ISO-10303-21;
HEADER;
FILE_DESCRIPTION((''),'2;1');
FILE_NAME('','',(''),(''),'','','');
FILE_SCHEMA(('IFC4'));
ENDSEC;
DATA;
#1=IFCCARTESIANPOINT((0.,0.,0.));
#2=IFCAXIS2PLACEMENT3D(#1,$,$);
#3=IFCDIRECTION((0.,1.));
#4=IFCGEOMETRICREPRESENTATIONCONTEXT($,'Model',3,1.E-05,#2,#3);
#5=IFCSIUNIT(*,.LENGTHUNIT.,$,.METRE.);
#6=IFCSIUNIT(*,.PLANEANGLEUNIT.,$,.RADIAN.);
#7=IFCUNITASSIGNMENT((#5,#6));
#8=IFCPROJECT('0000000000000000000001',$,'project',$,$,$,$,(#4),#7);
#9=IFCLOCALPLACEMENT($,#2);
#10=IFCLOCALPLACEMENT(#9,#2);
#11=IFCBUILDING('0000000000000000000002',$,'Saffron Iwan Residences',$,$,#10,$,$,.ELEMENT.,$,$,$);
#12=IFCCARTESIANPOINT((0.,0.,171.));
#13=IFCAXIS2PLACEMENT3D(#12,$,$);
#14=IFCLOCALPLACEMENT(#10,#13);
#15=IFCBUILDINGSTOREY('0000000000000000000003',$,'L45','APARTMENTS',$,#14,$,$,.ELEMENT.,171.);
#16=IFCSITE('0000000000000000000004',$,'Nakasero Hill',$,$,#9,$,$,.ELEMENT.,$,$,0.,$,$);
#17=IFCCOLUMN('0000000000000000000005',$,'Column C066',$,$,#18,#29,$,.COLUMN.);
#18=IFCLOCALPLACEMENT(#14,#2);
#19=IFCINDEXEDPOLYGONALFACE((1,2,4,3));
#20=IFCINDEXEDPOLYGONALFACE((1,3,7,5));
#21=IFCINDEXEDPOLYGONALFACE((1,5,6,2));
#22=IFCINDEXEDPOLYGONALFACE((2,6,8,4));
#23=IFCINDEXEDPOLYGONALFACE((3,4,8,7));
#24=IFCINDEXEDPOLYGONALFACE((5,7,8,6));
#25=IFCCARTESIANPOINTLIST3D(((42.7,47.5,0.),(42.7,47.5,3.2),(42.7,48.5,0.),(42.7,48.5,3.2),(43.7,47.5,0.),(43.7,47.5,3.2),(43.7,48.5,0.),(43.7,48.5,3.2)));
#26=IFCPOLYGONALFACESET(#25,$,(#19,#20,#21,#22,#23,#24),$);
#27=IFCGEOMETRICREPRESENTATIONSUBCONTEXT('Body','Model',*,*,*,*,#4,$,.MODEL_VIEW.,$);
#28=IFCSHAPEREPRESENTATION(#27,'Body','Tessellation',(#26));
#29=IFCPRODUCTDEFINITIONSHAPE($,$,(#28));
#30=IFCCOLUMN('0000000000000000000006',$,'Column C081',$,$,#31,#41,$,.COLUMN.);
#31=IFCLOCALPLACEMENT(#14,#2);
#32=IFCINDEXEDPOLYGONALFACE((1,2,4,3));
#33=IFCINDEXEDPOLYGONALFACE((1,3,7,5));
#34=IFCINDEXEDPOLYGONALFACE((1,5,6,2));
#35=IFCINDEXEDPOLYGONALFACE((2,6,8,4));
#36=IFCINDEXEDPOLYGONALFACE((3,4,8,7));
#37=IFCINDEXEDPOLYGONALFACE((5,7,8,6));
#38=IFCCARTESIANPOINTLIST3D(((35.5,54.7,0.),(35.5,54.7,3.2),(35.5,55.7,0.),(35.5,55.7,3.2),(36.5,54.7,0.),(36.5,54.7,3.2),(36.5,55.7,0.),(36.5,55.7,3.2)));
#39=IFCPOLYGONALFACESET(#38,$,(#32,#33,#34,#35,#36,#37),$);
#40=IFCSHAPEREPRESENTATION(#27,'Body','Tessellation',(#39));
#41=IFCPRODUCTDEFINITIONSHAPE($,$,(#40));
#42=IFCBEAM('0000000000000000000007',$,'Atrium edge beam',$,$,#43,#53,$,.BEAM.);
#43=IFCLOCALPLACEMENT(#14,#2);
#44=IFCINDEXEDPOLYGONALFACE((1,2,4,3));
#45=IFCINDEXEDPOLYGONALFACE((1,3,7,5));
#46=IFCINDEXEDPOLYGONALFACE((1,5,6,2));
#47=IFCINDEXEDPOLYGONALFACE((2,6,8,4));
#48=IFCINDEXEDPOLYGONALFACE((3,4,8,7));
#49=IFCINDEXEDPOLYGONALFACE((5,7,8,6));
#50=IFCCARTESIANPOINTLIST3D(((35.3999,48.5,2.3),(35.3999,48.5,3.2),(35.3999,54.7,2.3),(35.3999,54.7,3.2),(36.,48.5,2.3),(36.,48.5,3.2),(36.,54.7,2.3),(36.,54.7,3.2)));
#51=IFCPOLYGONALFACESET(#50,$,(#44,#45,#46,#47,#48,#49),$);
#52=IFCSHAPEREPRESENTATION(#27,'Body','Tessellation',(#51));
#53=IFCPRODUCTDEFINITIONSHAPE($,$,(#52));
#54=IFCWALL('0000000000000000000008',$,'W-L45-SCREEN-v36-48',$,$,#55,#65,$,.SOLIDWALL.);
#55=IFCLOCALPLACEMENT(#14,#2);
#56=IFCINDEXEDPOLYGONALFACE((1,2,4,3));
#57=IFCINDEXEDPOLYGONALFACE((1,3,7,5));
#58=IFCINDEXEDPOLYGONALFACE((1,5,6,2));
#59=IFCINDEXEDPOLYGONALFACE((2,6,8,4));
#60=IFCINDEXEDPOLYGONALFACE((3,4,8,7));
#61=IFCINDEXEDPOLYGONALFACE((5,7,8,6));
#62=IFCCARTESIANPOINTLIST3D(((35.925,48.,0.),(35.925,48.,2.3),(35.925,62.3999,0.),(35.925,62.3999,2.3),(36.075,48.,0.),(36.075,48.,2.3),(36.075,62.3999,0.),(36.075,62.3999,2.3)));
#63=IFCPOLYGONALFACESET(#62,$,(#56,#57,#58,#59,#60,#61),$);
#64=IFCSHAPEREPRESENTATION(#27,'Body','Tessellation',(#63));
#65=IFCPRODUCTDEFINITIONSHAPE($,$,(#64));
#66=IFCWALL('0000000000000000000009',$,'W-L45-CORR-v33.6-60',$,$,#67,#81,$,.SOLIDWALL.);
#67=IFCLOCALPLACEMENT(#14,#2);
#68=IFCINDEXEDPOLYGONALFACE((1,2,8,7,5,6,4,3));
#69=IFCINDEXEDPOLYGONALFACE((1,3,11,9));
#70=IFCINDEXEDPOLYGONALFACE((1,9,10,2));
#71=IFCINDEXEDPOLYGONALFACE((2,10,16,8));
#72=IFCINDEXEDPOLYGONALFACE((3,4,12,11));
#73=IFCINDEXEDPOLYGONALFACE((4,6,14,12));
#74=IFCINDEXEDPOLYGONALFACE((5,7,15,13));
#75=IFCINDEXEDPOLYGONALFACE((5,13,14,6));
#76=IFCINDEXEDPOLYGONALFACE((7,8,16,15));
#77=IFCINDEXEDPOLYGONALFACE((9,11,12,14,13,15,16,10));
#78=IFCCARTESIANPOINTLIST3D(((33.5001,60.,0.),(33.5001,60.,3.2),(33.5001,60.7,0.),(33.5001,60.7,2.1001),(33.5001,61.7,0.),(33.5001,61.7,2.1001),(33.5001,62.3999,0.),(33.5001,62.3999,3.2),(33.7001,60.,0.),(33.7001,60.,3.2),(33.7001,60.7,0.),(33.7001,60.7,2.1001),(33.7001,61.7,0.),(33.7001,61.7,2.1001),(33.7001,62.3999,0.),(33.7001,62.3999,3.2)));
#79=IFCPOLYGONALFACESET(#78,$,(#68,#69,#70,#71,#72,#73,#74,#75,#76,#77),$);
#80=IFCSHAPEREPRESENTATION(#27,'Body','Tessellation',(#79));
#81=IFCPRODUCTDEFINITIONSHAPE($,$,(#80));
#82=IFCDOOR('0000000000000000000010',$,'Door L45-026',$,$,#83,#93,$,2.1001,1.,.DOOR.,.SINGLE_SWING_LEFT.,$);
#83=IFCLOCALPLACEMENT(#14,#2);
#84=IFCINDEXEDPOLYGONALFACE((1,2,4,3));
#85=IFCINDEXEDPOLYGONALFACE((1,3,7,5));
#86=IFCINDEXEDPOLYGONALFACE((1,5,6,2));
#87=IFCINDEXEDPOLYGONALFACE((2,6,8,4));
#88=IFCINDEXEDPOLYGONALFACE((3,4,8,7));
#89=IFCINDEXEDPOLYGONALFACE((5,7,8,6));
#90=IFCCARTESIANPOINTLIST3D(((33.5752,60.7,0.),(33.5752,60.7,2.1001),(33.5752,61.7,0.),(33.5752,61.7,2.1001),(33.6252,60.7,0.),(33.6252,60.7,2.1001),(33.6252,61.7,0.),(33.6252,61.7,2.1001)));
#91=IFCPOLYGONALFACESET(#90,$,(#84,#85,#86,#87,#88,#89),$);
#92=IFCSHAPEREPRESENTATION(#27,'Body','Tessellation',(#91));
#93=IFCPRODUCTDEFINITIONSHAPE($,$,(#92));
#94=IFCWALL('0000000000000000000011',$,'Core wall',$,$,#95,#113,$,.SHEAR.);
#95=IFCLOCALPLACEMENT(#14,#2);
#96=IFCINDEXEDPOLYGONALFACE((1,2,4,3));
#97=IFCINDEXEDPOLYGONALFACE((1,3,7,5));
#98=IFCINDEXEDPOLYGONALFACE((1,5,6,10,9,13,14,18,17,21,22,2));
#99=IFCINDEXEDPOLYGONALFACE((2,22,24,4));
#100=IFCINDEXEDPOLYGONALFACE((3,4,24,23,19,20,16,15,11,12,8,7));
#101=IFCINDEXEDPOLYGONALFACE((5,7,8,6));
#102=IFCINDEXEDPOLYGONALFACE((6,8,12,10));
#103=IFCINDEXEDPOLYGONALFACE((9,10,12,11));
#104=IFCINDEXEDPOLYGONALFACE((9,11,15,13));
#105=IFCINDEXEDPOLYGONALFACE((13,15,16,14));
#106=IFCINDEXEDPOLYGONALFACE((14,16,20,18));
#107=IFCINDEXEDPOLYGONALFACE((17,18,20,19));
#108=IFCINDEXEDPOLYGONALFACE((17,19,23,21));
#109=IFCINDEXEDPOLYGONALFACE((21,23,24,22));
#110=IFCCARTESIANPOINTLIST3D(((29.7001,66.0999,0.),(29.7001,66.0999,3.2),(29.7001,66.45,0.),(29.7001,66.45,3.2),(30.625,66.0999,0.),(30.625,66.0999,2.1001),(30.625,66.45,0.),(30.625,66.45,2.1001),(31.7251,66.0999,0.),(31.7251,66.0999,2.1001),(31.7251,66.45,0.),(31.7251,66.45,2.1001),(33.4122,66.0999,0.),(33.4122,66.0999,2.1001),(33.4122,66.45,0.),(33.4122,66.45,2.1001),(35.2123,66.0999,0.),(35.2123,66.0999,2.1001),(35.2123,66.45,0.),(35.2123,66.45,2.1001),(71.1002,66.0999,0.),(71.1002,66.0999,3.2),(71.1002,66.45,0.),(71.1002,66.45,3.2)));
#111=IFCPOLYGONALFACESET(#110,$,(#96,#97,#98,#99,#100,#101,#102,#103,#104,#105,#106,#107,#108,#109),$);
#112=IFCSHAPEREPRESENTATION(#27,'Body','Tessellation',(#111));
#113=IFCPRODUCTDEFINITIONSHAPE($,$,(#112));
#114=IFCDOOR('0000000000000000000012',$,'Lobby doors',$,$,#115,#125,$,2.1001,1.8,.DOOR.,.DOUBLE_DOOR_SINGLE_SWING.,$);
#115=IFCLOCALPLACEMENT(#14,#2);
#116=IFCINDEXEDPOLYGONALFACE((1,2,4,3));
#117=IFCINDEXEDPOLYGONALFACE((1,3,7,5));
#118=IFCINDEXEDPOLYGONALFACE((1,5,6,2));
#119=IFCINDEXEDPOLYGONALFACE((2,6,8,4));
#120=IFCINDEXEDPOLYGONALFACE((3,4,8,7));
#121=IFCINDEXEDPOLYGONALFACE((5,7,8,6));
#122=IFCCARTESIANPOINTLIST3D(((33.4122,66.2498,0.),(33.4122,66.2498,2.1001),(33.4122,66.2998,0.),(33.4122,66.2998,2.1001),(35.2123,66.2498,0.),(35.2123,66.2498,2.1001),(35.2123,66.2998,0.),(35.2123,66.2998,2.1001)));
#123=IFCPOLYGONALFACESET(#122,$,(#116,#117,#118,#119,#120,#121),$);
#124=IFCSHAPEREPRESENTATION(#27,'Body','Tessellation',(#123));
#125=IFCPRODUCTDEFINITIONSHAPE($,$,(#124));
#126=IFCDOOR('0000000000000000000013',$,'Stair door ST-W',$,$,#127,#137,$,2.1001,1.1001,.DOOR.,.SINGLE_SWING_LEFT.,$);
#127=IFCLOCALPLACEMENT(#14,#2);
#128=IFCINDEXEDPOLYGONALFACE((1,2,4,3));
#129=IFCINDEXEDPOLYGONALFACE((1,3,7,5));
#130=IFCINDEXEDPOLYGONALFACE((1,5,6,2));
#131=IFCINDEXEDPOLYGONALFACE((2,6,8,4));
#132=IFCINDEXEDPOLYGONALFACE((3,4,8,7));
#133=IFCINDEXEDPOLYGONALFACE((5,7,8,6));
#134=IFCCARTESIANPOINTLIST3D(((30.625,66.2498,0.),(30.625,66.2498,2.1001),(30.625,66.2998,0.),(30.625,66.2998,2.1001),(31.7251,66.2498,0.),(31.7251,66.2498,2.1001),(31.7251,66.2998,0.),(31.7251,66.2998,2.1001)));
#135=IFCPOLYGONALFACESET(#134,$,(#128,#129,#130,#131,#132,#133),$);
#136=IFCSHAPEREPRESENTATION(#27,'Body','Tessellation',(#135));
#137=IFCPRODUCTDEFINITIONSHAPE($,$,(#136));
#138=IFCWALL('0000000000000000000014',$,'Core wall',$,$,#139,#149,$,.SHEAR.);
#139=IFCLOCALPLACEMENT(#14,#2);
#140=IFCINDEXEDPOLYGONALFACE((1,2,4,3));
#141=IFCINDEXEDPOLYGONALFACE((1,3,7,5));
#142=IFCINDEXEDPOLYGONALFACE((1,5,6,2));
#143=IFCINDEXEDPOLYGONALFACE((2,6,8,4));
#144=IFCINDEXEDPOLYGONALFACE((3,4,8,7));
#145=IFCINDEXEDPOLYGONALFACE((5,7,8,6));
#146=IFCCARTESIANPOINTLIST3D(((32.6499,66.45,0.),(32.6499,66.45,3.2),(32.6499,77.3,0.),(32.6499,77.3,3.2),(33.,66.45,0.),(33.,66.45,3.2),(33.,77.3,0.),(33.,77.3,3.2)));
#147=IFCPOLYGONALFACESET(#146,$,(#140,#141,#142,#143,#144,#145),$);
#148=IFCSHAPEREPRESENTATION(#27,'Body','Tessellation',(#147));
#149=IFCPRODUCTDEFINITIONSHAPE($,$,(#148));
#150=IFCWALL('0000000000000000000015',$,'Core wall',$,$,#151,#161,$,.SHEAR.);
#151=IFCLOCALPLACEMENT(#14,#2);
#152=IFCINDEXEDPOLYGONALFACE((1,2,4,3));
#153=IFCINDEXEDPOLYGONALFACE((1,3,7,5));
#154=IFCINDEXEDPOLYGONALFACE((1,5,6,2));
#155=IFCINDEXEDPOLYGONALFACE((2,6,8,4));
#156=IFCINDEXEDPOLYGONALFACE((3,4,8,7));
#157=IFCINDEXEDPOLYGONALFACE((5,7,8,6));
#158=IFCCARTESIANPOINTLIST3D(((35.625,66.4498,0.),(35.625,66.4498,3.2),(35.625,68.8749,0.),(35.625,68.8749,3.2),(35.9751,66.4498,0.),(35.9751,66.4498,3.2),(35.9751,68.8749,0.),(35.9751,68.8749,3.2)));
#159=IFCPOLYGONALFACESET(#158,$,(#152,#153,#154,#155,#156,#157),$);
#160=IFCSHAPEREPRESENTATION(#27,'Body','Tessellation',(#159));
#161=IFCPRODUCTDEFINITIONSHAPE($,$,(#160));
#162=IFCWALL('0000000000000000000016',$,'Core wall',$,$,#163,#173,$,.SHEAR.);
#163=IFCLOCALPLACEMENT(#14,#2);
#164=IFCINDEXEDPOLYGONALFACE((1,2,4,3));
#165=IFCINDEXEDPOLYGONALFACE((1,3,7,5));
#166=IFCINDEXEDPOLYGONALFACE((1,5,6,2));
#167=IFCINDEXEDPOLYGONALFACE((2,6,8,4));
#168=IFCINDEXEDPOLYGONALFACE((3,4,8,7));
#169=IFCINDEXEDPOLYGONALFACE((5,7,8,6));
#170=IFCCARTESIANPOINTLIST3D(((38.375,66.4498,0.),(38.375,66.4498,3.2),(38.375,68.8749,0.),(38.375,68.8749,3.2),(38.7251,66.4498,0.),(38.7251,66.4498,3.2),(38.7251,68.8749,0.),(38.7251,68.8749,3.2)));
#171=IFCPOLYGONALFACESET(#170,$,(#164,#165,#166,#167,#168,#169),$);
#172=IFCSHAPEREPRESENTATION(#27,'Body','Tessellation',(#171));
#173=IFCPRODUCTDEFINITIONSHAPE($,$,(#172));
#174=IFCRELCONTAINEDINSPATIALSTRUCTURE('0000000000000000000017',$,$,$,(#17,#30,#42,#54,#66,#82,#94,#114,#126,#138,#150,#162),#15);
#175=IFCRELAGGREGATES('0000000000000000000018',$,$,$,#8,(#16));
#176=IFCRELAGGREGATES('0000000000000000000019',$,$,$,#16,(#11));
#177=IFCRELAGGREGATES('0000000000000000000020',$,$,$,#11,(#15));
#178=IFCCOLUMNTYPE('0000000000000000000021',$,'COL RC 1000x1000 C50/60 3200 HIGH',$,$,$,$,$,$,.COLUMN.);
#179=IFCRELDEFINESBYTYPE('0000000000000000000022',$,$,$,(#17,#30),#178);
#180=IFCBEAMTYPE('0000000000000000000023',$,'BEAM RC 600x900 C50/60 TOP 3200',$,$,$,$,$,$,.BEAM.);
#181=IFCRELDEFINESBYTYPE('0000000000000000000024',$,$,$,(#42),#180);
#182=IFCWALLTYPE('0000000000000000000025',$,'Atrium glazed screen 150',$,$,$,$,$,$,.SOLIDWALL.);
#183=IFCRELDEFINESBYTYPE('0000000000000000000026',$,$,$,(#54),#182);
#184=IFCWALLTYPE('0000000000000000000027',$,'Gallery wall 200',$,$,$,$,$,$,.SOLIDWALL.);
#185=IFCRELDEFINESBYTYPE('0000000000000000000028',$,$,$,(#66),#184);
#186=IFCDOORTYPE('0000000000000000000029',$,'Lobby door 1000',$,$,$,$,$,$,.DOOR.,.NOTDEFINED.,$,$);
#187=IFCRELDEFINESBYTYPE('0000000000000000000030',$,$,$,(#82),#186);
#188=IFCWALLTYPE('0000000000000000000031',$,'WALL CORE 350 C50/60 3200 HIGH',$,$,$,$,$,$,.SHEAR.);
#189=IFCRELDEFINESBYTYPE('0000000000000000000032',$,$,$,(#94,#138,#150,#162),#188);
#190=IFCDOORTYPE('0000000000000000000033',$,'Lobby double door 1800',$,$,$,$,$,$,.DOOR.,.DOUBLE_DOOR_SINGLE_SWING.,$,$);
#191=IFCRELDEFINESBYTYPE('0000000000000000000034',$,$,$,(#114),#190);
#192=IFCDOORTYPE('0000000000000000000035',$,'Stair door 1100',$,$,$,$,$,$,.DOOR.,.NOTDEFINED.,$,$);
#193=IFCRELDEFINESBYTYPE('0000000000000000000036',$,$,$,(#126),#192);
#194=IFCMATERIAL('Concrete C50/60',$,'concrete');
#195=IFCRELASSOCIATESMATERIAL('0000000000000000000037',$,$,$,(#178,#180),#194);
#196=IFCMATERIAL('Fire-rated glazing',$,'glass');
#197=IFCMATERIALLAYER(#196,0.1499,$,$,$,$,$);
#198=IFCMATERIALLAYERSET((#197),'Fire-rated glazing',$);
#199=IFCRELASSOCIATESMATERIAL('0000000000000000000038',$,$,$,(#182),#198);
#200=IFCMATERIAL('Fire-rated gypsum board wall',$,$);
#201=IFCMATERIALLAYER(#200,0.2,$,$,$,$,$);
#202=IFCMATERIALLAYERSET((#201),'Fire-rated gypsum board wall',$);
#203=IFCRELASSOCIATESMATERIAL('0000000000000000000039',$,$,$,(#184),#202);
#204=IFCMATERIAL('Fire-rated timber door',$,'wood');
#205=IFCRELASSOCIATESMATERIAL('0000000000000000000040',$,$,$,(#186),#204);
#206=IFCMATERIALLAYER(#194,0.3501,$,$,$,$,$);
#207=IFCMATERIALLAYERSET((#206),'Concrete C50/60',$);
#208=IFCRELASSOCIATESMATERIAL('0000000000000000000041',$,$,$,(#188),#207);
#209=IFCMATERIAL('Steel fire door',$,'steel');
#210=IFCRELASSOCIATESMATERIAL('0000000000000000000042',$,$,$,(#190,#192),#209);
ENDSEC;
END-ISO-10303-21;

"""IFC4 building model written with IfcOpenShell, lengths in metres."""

from ifc_helpers import new_model, si_unit, direction, frame, frame_2d, origin, origin_2d, place, context, subcontext, project, spatial, rectangle, extrude, source, transform, mapped, material, layer, layer_set, material_profile, profile_set, type_object, element, fill, save


model = new_model("IFC4")

# Units and contexts
model_context = context("Model", 3, precision=1e-05, world=origin(), true_north=direction((0.0, 1.0)))
body_context = subcontext(model_context, "Body", "Model", "MODEL_VIEW")
ifc_project = project(units=[si_unit("LENGTHUNIT", "METRE"), si_unit("PLANEANGLEUNIT", "RADIAN")], contexts=[model_context])

# Site, building, storey
site_placement = place(None, origin())
site = spatial("IfcSite", under=ifc_project, at=site_placement, Name="Nakasero Hill", CompositionType="ELEMENT", RefElevation=0.0)
building_placement = place(site_placement, origin())
building = spatial("IfcBuilding", under=site, at=building_placement, Name="Saffron Iwan Residences", CompositionType="ELEMENT")
storey_placement = place(building_placement, frame((0.0, 0.0, 171.0)))
storey = spatial("IfcBuildingStorey", under=building, at=storey_placement, Name="L45", Description="APARTMENTS", CompositionType="ELEMENT", Elevation=171.0)

# Columns
ifc_material_1 = material(Name="Concrete C50/60", Category="concrete")
ifc_material_profile_1 = material_profile(ifc_material_1, rectangle(XDim=1.0, YDim=1.0, at=origin_2d()), Name="RC 1000x1000")
ifc_profile_set_1 = profile_set([ifc_material_profile_1], Name="Concrete C50/60")
column_type = type_object("IfcColumnType", Name="COL RC 1000x1000 C50/60 3200 HIGH", PredefinedType="COLUMN", material=ifc_profile_set_1)
shared_shape_1 = source(origin(), body_context, "Body", "SweptSolid", [
    extrude(rectangle(XDim=1.0, YDim=1.0, at=origin_2d()), origin(), (0.0, 0.0, 1.0), 3.2),
])
for number, where, z_axis, x_axis, name in (
    (1, (43.2, 48.0, 0.0), (0.0, 0.0, 1.0), (1.0, 0.0, 0.0), "Column C066"),
    (2, (36.0, 55.2, 0.0), (0.0, 0.0, 1.0), (1.0, 0.0, 0.0), "Column C081"),
):
    element("IfcColumn", number, at=place(storey_placement, frame(where, z_axis=z_axis, x_axis=x_axis)), inside=storey, type_object=column_type, Name=name, PredefinedType="COLUMN", context=body_context, shape_type="MappedRepresentation", body=[
        mapped(shared_shape_1, transform((0.0, 0.0, 0.0))),
    ])

# Beam
ifc_material_profile_2 = material_profile(ifc_material_1, rectangle(XDim=0.6001, YDim=0.8999, at=origin_2d()), Name="RC 600x900")
ifc_profile_set_2 = profile_set([ifc_material_profile_2], Name="Concrete C50/60")
beam_type = type_object("IfcBeamType", Name="BEAM RC 600x900 C50/60 TOP 3200", PredefinedType="BEAM", material=ifc_profile_set_2)
shared_shape_2 = source(origin(), body_context, "Body", "SweptSolid", [
    extrude(rectangle(XDim=0.6001, YDim=0.8999, at=origin_2d()), origin(), (0.0, 0.0, 1.0), 6.2),
])
beam_placement = place(storey_placement, frame((35.7, 48.5, 2.75), z_axis=(0.0, 1.0, 0.0), x_axis=(-1.0, 0.0, 0.0)))
element("IfcBeam", 3, at=beam_placement, inside=storey, type_object=beam_type, Name="Atrium edge beam", PredefinedType="BEAM", context=body_context, shape_type="MappedRepresentation", body=[
    mapped(shared_shape_2, transform((0.0, 0.0, 0.0))),
])

# Wall
ifc_material_2 = material(Name="Fire-rated glazing", Category="glass")
ifc_layer_1 = layer(ifc_material_2, 0.1499)
ifc_layer_set_1 = layer_set([ifc_layer_1], Name="Fire-rated glazing")
wall_type_1 = type_object("IfcWallType", Name="Atrium glazed screen 150", PredefinedType="SOLIDWALL", material=ifc_layer_set_1)
wall_1_placement = place(storey_placement, frame((36.0, 48.0, 0.0), z_axis=(0.0, 0.0, 1.0), x_axis=(0.0, 1.0, 0.0)))
element("IfcWall", 4, at=wall_1_placement, inside=storey, type_object=wall_type_1, Name="W-L45-SCREEN-v36-48", PredefinedType="SOLIDWALL", context=body_context, shape_type="SweptSolid", body=[
    extrude(rectangle(XDim=14.3999, YDim=0.1499, at=frame_2d((7.2, 0.0))), origin(), (0.0, 0.0, 1.0), 2.3),
])

# Wall, opening, door
ifc_material_3 = material(Name="Fire-rated gypsum board wall")
ifc_layer_2 = layer(ifc_material_3, 0.2)
ifc_layer_set_2 = layer_set([ifc_layer_2], Name="Fire-rated gypsum board wall")
wall_type_2 = type_object("IfcWallType", Name="Gallery wall 200", PredefinedType="SOLIDWALL", material=ifc_layer_set_2)
wall_2_placement = place(storey_placement, frame((33.6001, 60.0, 0.0), z_axis=(0.0, 0.0, 1.0), x_axis=(0.0, 1.0, 0.0)))
wall_2 = element("IfcWall", 5, at=wall_2_placement, inside=storey, type_object=wall_type_2, Name="W-L45-CORR-v33.6-60", PredefinedType="SOLIDWALL", context=body_context, shape_type="SweptSolid", body=[
    extrude(rectangle(XDim=2.3999, YDim=0.2, at=frame_2d((1.2, 0.0))), origin(), (0.0, 0.0, 1.0), 3.2),
])
opening_1_placement = place(wall_2_placement, frame((0.7, 0.0, 0.0)))
opening_1 = element("IfcOpeningElement", 6, at=opening_1_placement, cuts=wall_2, PredefinedType="OPENING", context=body_context, shape_type="SweptSolid", body=[
    extrude(rectangle(XDim=1.0, YDim=2.1001, at=frame_2d((0.5, 1.05))), frame((0.0, 0.1099, 0.0), z_axis=(0.0, -1.0, 0.0), x_axis=(1.0, 0.0, 0.0)), (0.0, 0.0, 1.0), 0.22),
])
ifc_material_4 = material(Name="Fire-rated timber door", Category="wood")
door_type_1 = type_object("IfcDoorType", Name="Lobby door 1000", OperationType="NOTDEFINED", PredefinedType="DOOR", material=ifc_material_4)
door_1_placement = place(opening_1_placement, origin())
door_1 = element("IfcDoor", 7, at=door_1_placement, inside=storey, type_object=door_type_1, Name="Door L45-026", OperationType="SINGLE_SWING_LEFT", OverallHeight=2.1001, OverallWidth=1.0, PredefinedType="DOOR", context=body_context, shape_type="SweptSolid", body=[
    extrude(rectangle(XDim=1.0, YDim=2.1001, at=frame_2d((0.5, 1.05))), frame((0.0, 0.0249, 0.0), z_axis=(0.0, -1.0, 0.0), x_axis=(1.0, 0.0, 0.0)), (0.0, 0.0, 1.0), 0.05),
])
fill(opening_1, door_1)

# Wall, openings, doors
ifc_layer_3 = layer(ifc_material_1, 0.3501)
ifc_layer_set_3 = layer_set([ifc_layer_3], Name="Concrete C50/60")
wall_type_3 = type_object("IfcWallType", Name="WALL CORE 350 C50/60 3200 HIGH", PredefinedType="SHEAR", material=ifc_layer_set_3)
wall_3_placement = place(storey_placement, frame((29.7, 66.2749, 0.0), z_axis=(0.0, 0.0, 1.0), x_axis=(1.0, 0.0, 0.0)))
wall_3 = element("IfcWall", 8, at=wall_3_placement, inside=storey, type_object=wall_type_3, Name="Core wall", PredefinedType="SHEAR", context=body_context, shape_type="SweptSolid", body=[
    extrude(rectangle(XDim=41.4001, YDim=0.3501, at=frame_2d((20.7002, 0.0))), origin(), (0.0, 0.0, 1.0), 3.2),
])
opening_2_placement = place(wall_3_placement, frame((0.925, 0.0, 0.0)))
opening_2 = element("IfcOpeningElement", 9, at=opening_2_placement, cuts=wall_3, PredefinedType="OPENING", context=body_context, shape_type="SweptSolid", body=[
    extrude(rectangle(XDim=1.1001, YDim=2.1001, at=frame_2d((0.55, 1.05))), frame((0.0, 0.1851, 0.0), z_axis=(0.0, -1.0, 0.0), x_axis=(1.0, 0.0, 0.0)), (0.0, 0.0, 1.0), 0.3701),
])
opening_3_placement = place(wall_3_placement, frame((3.7124, 0.0, 0.0)))
opening_3 = element("IfcOpeningElement", 10, at=opening_3_placement, cuts=wall_3, PredefinedType="OPENING", context=body_context, shape_type="SweptSolid", body=[
    extrude(rectangle(XDim=1.8, YDim=2.1001, at=frame_2d((0.8999, 1.05))), frame((0.0, 0.1851, 0.0), z_axis=(0.0, -1.0, 0.0), x_axis=(1.0, 0.0, 0.0)), (0.0, 0.0, 1.0), 0.3701),
])
ifc_material_5 = material(Name="Steel fire door", Category="steel")
door_type_2 = type_object("IfcDoorType", Name="Lobby double door 1800", OperationType="DOUBLE_DOOR_SINGLE_SWING", PredefinedType="DOOR", material=ifc_material_5)
door_2_placement = place(opening_3_placement, origin())
door_2 = element("IfcDoor", 11, at=door_2_placement, inside=storey, type_object=door_type_2, Name="Lobby doors", OperationType="DOUBLE_DOOR_SINGLE_SWING", OverallHeight=2.1001, OverallWidth=1.8, PredefinedType="DOOR", context=body_context, shape_type="SweptSolid", body=[
    extrude(rectangle(XDim=1.8, YDim=2.1001, at=frame_2d((0.8999, 1.05))), frame((0.0, 0.0249, 0.0), z_axis=(0.0, -1.0, 0.0), x_axis=(1.0, 0.0, 0.0)), (0.0, 0.0, 1.0), 0.05),
])
fill(opening_3, door_2)
door_type_3 = type_object("IfcDoorType", Name="Stair door 1100", OperationType="NOTDEFINED", PredefinedType="DOOR", material=ifc_material_5)
door_3_placement = place(opening_2_placement, origin())
door_3 = element("IfcDoor", 12, at=door_3_placement, inside=storey, type_object=door_type_3, Name="Stair door ST-W", OperationType="SINGLE_SWING_LEFT", OverallHeight=2.1001, OverallWidth=1.1001, PredefinedType="DOOR", context=body_context, shape_type="SweptSolid", body=[
    extrude(rectangle(XDim=1.1001, YDim=2.1001, at=frame_2d((0.55, 1.05))), frame((0.0, 0.0249, 0.0), z_axis=(0.0, -1.0, 0.0), x_axis=(1.0, 0.0, 0.0)), (0.0, 0.0, 1.0), 0.05),
])
fill(opening_2, door_3)

# Walls
wall_4_placement = place(storey_placement, frame((32.825, 66.45, 0.0), z_axis=(0.0, 0.0, 1.0), x_axis=(0.0, 1.0, 0.0)))
element("IfcWall", 13, at=wall_4_placement, inside=storey, type_object=wall_type_3, Name="Core wall", PredefinedType="SHEAR", context=body_context, shape_type="SweptSolid", body=[
    extrude(rectangle(XDim=10.8501, YDim=0.3501, at=frame_2d((5.425, 0.0))), origin(), (0.0, 0.0, 1.0), 3.2),
])
for number, where, z_axis, x_axis, name in (
    (14, (35.8, 66.45, 0.0), (0.0, 0.0, 1.0), (0.0, 1.0, 0.0), "Core wall"),
    (15, (38.55, 66.45, 0.0), (0.0, 0.0, 1.0), (0.0, 1.0, 0.0), "Core wall"),
):
    element("IfcWall", number, at=place(storey_placement, frame(where, z_axis=z_axis, x_axis=x_axis)), inside=storey, type_object=wall_type_3, Name=name, PredefinedType="SHEAR", context=body_context, shape_type="SweptSolid", body=[
        extrude(rectangle(XDim=2.425, YDim=0.3501, at=frame_2d((1.2124, 0.0))), origin(), (0.0, 0.0, 1.0), 3.2),
    ])

save(model, "model.ifc")
